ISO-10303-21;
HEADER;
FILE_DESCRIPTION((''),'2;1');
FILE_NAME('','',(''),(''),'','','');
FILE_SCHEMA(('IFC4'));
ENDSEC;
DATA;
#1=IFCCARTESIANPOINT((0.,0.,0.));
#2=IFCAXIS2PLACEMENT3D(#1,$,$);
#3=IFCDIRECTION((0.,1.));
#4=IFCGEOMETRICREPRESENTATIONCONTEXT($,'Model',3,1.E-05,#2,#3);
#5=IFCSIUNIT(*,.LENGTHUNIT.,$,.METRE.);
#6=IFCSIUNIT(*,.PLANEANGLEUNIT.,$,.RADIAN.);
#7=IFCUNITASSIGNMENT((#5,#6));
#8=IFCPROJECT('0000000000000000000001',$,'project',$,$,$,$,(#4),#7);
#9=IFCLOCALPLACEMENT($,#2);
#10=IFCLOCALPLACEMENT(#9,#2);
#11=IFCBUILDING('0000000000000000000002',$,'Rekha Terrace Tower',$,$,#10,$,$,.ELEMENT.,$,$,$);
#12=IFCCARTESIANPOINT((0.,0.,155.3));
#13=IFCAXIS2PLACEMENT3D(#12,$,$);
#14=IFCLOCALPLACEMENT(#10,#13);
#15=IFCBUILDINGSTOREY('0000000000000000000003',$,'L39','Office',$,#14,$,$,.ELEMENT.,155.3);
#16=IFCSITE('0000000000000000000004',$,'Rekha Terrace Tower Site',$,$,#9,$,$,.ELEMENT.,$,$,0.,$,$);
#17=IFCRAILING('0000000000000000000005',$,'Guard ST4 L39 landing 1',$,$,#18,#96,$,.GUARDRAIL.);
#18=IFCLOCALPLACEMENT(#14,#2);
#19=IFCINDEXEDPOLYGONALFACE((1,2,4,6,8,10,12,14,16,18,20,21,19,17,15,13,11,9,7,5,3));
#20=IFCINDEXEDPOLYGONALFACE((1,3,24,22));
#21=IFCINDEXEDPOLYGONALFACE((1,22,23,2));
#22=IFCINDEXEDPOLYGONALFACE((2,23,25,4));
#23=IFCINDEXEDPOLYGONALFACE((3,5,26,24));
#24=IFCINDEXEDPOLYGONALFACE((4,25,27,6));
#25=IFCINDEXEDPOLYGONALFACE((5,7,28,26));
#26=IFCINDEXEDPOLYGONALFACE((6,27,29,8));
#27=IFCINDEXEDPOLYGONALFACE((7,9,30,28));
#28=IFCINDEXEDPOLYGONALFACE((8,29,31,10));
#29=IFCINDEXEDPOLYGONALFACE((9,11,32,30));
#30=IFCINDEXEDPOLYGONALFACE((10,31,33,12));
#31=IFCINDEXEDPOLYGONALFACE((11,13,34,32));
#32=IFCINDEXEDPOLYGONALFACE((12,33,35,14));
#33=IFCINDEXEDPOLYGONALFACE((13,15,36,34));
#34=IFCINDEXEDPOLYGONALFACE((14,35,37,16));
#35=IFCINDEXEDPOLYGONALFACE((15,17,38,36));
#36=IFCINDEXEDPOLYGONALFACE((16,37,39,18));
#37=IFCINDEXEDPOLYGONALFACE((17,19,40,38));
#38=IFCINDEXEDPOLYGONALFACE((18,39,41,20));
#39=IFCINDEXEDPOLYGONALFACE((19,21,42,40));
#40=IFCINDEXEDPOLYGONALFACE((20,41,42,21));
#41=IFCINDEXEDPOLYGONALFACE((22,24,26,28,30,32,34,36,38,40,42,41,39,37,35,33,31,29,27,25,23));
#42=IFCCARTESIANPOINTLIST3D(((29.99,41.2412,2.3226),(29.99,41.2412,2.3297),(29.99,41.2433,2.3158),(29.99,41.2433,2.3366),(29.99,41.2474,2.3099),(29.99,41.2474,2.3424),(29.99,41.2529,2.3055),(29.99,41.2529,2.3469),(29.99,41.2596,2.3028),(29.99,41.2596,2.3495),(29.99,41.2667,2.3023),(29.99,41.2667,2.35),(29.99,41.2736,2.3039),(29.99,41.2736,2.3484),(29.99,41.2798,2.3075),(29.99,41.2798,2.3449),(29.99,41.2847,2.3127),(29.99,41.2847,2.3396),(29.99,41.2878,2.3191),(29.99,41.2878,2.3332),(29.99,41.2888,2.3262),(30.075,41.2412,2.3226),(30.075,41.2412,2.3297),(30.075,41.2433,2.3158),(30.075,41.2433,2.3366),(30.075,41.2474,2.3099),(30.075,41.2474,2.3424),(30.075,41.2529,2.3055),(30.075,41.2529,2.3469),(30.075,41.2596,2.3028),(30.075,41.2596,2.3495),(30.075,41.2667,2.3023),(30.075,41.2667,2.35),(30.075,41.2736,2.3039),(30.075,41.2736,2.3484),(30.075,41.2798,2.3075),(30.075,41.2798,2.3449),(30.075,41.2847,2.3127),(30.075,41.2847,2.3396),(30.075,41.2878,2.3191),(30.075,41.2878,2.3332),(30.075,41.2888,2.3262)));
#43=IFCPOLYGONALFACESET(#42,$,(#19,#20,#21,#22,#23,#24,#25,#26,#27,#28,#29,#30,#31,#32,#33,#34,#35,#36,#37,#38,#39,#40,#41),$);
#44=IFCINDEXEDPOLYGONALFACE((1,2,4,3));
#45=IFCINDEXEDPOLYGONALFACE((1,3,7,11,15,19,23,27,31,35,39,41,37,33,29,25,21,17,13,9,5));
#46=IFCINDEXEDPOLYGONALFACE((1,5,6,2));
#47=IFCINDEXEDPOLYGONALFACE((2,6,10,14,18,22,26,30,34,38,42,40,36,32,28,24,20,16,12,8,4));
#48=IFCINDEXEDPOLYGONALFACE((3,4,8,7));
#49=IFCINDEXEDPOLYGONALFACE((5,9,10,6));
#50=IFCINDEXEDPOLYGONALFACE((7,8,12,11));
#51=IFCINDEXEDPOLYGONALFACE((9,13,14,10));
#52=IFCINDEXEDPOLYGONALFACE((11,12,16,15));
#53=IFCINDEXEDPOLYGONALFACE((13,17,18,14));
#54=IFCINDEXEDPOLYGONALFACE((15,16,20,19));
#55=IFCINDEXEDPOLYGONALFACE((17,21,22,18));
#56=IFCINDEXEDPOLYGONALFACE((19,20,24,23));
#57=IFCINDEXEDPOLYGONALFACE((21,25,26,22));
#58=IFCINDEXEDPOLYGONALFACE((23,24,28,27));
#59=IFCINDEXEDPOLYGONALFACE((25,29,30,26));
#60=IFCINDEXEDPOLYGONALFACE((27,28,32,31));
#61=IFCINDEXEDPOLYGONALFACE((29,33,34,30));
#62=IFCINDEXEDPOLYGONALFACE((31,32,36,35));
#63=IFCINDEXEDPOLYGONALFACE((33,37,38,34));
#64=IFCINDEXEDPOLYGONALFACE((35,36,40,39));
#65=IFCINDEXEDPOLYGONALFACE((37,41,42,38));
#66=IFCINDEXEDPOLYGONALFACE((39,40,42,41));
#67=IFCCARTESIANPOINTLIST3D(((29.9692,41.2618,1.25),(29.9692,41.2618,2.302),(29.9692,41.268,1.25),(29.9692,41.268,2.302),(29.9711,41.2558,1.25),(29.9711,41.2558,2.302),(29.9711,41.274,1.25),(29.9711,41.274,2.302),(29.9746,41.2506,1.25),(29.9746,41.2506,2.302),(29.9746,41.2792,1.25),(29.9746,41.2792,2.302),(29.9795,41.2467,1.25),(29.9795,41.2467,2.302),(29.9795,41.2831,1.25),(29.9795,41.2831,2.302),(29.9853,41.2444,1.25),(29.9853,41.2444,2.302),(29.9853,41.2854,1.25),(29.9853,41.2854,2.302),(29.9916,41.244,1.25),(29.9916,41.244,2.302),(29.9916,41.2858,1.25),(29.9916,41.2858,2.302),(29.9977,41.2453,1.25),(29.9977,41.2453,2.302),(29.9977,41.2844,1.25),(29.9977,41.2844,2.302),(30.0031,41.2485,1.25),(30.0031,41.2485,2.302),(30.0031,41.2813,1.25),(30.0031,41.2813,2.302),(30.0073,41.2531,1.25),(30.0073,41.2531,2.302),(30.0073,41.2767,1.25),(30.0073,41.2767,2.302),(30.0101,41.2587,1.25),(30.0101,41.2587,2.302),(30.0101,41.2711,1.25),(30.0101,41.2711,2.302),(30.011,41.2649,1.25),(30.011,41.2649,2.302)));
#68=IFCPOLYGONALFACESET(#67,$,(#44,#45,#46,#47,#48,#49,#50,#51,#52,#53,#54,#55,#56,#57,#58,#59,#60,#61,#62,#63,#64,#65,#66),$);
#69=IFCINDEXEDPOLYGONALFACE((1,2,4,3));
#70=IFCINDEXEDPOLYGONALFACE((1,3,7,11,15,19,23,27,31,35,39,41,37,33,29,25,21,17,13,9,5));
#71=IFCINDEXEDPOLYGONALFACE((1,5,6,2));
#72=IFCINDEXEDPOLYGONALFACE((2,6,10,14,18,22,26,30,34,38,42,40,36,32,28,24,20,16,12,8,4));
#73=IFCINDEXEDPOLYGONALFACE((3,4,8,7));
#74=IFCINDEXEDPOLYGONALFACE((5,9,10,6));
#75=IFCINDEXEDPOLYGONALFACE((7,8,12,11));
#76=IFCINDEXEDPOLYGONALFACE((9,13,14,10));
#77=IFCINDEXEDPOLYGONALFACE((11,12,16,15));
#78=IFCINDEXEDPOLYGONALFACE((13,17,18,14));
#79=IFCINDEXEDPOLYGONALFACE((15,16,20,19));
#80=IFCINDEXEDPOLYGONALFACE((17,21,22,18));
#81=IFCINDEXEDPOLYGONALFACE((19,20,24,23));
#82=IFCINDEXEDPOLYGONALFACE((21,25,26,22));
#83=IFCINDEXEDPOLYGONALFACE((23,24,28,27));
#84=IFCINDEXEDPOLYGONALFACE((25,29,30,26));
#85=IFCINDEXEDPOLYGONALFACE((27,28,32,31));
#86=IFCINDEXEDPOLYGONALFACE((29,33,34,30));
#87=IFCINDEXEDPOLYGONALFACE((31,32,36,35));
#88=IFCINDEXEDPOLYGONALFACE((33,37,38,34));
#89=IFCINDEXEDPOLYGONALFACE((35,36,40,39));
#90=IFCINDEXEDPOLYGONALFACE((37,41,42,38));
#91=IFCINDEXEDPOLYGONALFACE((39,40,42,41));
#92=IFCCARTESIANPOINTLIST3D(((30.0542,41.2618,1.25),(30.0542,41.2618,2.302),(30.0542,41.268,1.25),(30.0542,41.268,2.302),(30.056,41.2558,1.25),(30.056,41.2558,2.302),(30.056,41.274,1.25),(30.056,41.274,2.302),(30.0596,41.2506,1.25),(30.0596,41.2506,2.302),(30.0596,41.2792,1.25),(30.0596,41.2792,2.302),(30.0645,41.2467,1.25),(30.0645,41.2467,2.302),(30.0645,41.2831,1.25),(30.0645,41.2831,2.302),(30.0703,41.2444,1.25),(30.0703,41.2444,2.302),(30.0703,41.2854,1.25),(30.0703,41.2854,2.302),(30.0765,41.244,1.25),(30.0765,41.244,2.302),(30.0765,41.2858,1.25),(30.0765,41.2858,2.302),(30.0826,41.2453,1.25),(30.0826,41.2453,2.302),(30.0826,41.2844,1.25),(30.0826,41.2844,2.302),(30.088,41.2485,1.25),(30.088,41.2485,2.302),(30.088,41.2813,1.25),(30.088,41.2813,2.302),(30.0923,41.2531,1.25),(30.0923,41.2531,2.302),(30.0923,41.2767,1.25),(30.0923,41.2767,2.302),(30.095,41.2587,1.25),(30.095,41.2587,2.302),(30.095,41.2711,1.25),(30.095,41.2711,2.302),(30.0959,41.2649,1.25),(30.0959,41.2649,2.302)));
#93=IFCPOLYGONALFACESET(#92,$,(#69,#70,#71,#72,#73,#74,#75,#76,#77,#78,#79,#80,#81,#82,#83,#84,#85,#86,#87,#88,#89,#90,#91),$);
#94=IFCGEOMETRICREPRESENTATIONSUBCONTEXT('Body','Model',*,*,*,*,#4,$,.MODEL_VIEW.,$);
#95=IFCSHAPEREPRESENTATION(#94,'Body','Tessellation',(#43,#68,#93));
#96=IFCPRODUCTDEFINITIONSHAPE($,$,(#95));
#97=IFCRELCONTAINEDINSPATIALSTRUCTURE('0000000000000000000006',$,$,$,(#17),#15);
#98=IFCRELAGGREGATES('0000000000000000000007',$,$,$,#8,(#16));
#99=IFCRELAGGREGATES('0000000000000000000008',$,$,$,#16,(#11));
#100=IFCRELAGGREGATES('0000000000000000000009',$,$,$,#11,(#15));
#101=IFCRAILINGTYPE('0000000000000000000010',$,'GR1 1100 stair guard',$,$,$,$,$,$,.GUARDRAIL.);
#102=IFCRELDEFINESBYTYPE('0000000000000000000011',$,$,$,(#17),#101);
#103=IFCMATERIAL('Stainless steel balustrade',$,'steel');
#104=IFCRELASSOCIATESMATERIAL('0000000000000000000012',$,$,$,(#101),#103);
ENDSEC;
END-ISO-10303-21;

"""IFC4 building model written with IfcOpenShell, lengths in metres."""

from ifc_helpers import new_model, si_unit, direction, frame, origin, origin_2d, place, context, subcontext, project, spatial, circle, extrude, material, type_object, element, save


model = new_model("IFC4")

# Units and contexts
model_context = context("Model", 3, precision=1e-05, world=origin(), true_north=direction((0.0, 1.0)))
body_context = subcontext(model_context, "Body", "Model", "MODEL_VIEW")
ifc_project = project(units=[si_unit("LENGTHUNIT", "METRE"), si_unit("PLANEANGLEUNIT", "RADIAN")], contexts=[model_context])

# Site, building, storey
site_placement = place(None, origin())
site = spatial("IfcSite", under=ifc_project, at=site_placement, Name="Rekha Terrace Tower Site", CompositionType="ELEMENT", RefElevation=0.0)
building_placement = place(site_placement, origin())
building = spatial("IfcBuilding", under=site, at=building_placement, Name="Rekha Terrace Tower", CompositionType="ELEMENT")
storey_placement = place(building_placement, frame((0.0, 0.0, 155.3)))
storey = spatial("IfcBuildingStorey", under=building, at=storey_placement, Name="L39", Description="Office", CompositionType="ELEMENT", Elevation=155.3)

# Railing
ifc_material_1 = material(Name="Stainless steel balustrade", Category="steel")
railing_type_1 = type_object("IfcRailingType", Name="GR1 1100 stair guard", PredefinedType="GUARDRAIL", material=ifc_material_1)
railing_1_placement = place(storey_placement, frame((29.99, 41.2649, 1.25)))
element("IfcRailing", 1, at=railing_1_placement, inside=storey, type_object=railing_type_1, Name="Guard ST4 L39 landing 1", PredefinedType="GUARDRAIL", context=body_context, shape_type="SweptSolid", body=[
    extrude(circle(Radius=0.0239, at=origin_2d()), frame((0.0, 0.0, 1.0762), z_axis=(1.0, 0.0, 0.0), x_axis=(0.0, 1.0, 0.0)), (0.0, 0.0, 1.0), 0.085),
    extrude(circle(Radius=0.021, at=origin_2d()), origin(), (0.0, 0.0, 1.0), 1.052),
    extrude(circle(Radius=0.021, at=origin_2d()), frame((0.085, 0.0, 0.0)), (0.0, 0.0, 1.0), 1.052),
])

save(model, "model.ifc")
